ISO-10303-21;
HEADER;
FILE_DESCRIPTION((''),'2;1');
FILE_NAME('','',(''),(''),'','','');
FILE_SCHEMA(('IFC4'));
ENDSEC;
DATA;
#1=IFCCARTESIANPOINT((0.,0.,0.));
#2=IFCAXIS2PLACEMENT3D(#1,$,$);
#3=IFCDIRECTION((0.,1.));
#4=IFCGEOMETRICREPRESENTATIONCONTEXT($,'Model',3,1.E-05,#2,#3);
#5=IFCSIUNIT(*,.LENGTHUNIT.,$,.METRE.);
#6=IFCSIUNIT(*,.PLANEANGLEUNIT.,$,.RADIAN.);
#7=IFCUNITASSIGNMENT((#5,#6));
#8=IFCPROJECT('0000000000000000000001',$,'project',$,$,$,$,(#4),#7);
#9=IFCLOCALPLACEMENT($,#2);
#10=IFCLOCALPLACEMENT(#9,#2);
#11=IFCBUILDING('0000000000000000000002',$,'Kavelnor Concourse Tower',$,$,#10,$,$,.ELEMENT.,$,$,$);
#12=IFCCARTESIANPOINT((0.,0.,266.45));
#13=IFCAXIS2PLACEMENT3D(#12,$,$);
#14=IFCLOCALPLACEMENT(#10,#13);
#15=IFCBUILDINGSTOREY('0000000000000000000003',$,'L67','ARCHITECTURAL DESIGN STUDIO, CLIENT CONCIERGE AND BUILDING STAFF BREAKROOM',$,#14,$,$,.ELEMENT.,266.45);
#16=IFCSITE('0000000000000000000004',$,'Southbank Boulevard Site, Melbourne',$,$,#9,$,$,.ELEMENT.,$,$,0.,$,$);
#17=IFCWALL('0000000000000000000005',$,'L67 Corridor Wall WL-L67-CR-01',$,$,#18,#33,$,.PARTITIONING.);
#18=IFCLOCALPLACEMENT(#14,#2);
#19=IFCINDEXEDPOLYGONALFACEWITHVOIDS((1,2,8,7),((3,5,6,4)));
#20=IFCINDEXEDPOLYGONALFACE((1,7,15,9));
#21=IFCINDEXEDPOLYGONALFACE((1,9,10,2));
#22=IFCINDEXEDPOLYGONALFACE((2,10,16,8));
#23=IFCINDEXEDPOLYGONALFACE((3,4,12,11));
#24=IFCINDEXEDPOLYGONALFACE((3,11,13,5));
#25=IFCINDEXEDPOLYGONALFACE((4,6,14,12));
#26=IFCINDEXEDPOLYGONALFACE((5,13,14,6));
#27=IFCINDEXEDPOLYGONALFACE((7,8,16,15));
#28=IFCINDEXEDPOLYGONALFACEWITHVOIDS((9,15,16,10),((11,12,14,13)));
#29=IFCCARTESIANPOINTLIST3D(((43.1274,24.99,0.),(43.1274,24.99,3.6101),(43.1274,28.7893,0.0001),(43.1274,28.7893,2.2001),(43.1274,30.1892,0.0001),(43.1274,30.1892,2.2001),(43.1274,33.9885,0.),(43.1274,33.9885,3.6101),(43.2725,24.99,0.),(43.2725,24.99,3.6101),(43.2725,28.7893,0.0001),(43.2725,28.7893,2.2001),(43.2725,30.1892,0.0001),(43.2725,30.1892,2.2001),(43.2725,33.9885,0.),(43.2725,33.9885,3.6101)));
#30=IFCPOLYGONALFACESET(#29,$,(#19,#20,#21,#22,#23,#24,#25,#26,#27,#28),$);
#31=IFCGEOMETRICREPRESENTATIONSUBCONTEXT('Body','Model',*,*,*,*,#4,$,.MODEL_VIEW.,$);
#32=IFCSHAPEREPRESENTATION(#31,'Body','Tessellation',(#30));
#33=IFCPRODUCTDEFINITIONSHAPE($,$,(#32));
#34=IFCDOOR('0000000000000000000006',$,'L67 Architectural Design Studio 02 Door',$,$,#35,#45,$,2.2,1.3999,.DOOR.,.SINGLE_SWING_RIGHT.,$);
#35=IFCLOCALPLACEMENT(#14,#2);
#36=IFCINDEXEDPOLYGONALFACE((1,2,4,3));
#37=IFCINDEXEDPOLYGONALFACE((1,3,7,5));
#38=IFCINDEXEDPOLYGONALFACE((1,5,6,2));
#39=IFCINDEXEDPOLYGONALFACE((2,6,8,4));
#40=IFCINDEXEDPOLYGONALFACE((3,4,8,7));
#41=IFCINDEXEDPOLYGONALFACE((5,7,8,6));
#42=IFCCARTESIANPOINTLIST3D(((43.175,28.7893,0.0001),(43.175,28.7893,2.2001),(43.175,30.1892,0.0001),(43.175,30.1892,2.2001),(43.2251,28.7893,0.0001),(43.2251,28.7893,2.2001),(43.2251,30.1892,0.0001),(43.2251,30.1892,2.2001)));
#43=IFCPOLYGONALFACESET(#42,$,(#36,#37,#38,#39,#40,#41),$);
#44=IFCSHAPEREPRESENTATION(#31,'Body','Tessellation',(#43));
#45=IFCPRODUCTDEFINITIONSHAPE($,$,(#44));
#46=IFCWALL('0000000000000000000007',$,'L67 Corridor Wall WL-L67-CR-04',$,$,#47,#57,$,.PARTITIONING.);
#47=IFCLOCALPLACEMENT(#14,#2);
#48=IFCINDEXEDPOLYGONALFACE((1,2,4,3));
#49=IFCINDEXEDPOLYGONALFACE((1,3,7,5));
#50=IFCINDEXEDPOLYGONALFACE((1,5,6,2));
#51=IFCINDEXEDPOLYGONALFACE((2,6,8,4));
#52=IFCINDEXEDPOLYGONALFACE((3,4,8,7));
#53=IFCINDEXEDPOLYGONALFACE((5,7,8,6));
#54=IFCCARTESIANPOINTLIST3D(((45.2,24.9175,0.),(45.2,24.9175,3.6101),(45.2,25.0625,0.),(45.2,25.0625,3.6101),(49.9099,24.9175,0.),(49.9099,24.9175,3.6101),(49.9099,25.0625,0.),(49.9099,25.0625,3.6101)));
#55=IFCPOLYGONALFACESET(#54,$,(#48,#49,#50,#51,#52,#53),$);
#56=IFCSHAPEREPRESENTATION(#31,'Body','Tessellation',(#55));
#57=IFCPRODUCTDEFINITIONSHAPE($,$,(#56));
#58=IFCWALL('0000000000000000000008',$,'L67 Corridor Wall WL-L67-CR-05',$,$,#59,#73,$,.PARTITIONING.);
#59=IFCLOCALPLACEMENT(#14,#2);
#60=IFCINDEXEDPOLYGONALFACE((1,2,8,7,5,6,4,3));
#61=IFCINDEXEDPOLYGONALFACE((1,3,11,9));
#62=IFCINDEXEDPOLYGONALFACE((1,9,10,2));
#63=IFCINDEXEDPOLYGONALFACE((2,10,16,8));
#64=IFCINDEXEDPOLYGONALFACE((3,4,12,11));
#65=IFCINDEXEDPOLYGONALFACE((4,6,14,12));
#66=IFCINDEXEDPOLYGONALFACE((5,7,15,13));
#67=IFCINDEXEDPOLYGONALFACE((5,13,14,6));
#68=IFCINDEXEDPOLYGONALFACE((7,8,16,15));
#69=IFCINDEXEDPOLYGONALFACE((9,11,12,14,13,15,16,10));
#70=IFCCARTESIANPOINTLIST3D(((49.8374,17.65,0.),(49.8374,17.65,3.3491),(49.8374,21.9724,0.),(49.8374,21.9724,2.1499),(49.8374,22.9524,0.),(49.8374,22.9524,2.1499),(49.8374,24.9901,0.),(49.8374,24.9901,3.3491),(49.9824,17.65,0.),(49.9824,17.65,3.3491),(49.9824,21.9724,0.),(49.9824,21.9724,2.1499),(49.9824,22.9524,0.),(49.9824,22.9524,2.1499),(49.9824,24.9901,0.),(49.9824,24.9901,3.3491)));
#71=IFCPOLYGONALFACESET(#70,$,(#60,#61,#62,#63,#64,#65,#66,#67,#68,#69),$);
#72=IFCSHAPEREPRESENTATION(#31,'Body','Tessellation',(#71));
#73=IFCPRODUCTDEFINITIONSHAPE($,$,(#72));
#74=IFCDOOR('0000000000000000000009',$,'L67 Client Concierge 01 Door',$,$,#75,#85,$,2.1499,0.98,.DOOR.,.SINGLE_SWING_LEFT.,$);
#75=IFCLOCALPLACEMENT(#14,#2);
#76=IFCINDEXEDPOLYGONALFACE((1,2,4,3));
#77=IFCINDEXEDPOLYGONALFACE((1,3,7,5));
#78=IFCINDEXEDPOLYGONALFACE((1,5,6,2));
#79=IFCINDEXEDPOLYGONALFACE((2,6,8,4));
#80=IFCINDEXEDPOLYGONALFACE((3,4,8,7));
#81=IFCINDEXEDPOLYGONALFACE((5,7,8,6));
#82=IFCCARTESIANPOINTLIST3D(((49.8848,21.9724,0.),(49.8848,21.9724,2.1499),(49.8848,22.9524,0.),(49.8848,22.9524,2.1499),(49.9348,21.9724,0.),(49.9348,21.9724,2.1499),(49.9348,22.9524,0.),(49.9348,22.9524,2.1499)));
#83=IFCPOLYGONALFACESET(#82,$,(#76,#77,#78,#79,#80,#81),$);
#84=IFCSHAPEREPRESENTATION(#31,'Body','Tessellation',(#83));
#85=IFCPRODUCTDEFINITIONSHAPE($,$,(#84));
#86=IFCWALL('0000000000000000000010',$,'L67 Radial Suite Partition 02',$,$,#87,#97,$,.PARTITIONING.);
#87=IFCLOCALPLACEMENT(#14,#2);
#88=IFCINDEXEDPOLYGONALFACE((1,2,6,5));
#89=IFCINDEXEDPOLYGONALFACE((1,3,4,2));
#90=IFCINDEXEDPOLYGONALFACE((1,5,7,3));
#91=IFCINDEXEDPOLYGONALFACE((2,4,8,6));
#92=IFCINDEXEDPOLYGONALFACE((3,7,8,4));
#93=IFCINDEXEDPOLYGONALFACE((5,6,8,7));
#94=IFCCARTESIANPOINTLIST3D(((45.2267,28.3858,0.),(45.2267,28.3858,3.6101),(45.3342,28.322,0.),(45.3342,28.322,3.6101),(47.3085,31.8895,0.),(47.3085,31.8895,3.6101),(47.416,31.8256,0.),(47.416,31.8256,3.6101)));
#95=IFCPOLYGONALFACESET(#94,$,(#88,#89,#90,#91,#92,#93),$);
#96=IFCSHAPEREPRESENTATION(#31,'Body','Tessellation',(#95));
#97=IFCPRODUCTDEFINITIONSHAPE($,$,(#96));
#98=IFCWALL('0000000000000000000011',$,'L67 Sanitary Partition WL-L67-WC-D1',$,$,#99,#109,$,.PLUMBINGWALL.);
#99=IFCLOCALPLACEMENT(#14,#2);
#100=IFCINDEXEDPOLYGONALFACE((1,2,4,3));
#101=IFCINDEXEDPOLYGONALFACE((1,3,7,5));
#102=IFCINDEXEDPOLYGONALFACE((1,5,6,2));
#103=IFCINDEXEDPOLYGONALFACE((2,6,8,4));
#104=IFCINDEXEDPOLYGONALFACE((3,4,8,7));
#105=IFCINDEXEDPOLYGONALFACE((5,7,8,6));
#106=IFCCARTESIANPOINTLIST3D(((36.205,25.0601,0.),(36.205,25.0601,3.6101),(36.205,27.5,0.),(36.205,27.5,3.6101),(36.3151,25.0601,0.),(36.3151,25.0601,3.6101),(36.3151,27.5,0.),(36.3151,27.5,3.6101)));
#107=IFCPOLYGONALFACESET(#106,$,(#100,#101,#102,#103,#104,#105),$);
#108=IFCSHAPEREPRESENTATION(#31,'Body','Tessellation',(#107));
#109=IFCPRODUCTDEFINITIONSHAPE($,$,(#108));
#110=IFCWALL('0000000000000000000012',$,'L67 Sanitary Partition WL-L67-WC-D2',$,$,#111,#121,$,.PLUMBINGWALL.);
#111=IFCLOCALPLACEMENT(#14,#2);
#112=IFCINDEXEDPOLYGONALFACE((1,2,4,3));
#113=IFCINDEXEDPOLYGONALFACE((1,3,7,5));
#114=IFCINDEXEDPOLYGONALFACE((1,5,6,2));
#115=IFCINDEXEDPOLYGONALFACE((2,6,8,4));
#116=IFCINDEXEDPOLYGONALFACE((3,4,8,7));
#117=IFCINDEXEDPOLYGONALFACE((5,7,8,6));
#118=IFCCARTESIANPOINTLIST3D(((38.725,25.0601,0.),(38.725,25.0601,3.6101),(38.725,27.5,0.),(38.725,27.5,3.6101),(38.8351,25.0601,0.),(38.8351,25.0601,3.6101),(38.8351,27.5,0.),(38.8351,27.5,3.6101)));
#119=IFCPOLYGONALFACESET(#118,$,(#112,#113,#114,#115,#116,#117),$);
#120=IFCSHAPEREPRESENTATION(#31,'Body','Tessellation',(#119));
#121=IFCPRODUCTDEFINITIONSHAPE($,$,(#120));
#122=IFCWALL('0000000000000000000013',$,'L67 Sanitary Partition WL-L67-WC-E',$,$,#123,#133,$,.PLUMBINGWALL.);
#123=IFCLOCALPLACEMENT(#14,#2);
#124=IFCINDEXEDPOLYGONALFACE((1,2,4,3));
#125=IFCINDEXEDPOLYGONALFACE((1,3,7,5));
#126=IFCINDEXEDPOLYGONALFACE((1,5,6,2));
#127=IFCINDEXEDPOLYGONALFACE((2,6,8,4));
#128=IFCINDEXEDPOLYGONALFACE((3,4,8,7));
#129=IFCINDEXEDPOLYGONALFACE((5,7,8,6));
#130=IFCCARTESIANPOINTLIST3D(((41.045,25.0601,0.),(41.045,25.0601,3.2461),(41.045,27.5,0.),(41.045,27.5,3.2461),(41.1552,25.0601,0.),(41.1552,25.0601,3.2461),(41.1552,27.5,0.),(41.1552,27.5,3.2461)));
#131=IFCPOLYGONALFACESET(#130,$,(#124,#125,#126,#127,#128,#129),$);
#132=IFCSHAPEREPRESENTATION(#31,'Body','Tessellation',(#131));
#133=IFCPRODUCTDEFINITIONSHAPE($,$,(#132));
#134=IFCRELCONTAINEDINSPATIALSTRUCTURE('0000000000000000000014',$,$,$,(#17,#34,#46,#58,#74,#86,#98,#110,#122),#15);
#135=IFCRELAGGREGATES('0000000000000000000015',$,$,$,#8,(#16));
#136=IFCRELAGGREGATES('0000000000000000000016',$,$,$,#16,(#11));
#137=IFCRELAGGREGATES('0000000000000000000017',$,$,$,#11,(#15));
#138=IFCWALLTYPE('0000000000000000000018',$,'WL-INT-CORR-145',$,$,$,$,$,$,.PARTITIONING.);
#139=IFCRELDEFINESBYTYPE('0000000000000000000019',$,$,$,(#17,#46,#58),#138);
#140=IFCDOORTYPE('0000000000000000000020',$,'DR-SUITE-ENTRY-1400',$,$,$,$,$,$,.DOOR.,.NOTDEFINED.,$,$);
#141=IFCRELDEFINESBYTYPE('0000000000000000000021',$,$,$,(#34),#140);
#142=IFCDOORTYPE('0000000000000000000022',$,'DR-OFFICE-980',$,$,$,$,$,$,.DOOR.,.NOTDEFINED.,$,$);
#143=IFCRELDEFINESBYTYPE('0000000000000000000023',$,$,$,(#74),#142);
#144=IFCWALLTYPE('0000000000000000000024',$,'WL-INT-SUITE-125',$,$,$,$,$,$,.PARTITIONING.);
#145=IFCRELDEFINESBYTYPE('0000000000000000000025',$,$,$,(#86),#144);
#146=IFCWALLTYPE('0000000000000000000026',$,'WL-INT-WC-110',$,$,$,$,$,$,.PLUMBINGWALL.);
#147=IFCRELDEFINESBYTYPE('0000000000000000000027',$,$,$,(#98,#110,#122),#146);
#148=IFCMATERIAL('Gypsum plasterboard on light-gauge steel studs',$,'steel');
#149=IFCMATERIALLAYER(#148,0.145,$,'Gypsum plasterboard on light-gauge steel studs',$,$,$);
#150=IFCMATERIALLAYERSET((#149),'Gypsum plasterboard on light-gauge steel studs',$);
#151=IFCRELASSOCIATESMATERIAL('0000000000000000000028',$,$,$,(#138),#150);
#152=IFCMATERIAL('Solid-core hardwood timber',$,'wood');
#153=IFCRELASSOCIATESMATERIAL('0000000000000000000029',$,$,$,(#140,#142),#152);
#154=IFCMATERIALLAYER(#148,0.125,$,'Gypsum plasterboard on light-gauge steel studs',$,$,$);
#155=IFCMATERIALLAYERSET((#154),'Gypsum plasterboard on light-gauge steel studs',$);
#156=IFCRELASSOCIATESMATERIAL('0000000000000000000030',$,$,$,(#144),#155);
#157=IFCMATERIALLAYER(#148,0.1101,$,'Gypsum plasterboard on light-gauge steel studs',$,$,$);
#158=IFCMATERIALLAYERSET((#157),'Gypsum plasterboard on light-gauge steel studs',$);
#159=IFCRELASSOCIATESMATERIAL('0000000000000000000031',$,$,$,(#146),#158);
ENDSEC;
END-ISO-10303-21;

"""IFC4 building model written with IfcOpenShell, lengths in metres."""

from ifc_helpers import new_model, si_unit, direction, frame, frame_2d, origin, place, context, subcontext, project, spatial, rectangle, extrude, material, layer, layer_set, type_object, element, fill, save


model = new_model("IFC4")

# Units and contexts
model_context = context("Model", 3, precision=1e-05, world=origin(), true_north=direction((0.0, 1.0)))
body_context = subcontext(model_context, "Body", "Model", "MODEL_VIEW")
ifc_project = project(units=[si_unit("LENGTHUNIT", "METRE"), si_unit("PLANEANGLEUNIT", "RADIAN")], contexts=[model_context])

# Site, building, storey
site_placement = place(None, origin())
site = spatial("IfcSite", under=ifc_project, at=site_placement, Name="Southbank Boulevard Site, Melbourne", CompositionType="ELEMENT", RefElevation=0.0)
building_placement = place(site_placement, origin())
building = spatial("IfcBuilding", under=site, at=building_placement, Name="Kavelnor Concourse Tower", CompositionType="ELEMENT")
storey_placement = place(building_placement, frame((0.0, 0.0, 266.45)))
storey = spatial("IfcBuildingStorey", under=building, at=storey_placement, Name="L67", Description="ARCHITECTURAL DESIGN STUDIO, CLIENT CONCIERGE AND BUILDING STAFF BREAKROOM", CompositionType="ELEMENT", Elevation=266.45)

# Wall, opening, door
ifc_material_1 = material(Name="Gypsum plasterboard on light-gauge steel studs", Category="steel")
ifc_layer_1 = layer(ifc_material_1, 0.145, Name="Gypsum plasterboard on light-gauge steel studs")
ifc_layer_set_1 = layer_set([ifc_layer_1], Name="Gypsum plasterboard on light-gauge steel studs")
wall_type_1 = type_object("IfcWallType", Name="WL-INT-CORR-145", PredefinedType="PARTITIONING", material=ifc_layer_set_1)
wall_1_placement = place(storey_placement, frame((43.2, 24.99, 0.0), z_axis=(0.0, 0.0, 1.0), x_axis=(0.0, 1.0, 0.0)))
wall_1 = element("IfcWall", 1, at=wall_1_placement, inside=storey, type_object=wall_type_1, Name="L67 Corridor Wall WL-L67-CR-01", PredefinedType="PARTITIONING", context=body_context, shape_type="SweptSolid", body=[
    extrude(rectangle(XDim=8.9985, YDim=0.145, at=frame_2d((4.4993, 0.0))), origin(), (0.0, 0.0, 1.0), 3.6101),
])
opening_1_placement = place(wall_1_placement, frame((3.7993, 0.0, 0.0)))
opening_1 = element("IfcOpeningElement", 2, at=opening_1_placement, cuts=wall_1, PredefinedType="OPENING", context=body_context, shape_type="SweptSolid", body=[
    extrude(rectangle(XDim=1.3999, YDim=2.2, at=frame_2d((0.7, 1.1001))), frame((0.0, 0.0825, 0.0), z_axis=(0.0, -1.0, 0.0), x_axis=(1.0, 0.0, 0.0)), (0.0, 0.0, 1.0), 0.165),
])
ifc_material_2 = material(Name="Solid-core hardwood timber", Category="wood")
door_type_1 = type_object("IfcDoorType", Name="DR-SUITE-ENTRY-1400", OperationType="NOTDEFINED", PredefinedType="DOOR", material=ifc_material_2)
door_1_placement = place(opening_1_placement, origin())
door_1 = element("IfcDoor", 3, at=door_1_placement, inside=storey, type_object=door_type_1, Name="L67 Architectural Design Studio 02 Door", OperationType="SINGLE_SWING_RIGHT", OverallHeight=2.2, OverallWidth=1.3999, PredefinedType="DOOR", context=body_context, shape_type="SweptSolid", body=[
    extrude(rectangle(XDim=1.3999, YDim=2.2, at=frame_2d((0.7, 1.1001))), frame((0.0, 0.0249, 0.0), z_axis=(0.0, -1.0, 0.0), x_axis=(1.0, 0.0, 0.0)), (0.0, 0.0, 1.0), 0.05),
])
fill(opening_1, door_1)

# Wall
wall_2_placement = place(storey_placement, frame((45.2, 24.99, 0.0), z_axis=(0.0, 0.0, 1.0), x_axis=(1.0, 0.0, 0.0)))
element("IfcWall", 4, at=wall_2_placement, inside=storey, type_object=wall_type_1, Name="L67 Corridor Wall WL-L67-CR-04", PredefinedType="PARTITIONING", context=body_context, shape_type="SweptSolid", body=[
    extrude(rectangle(XDim=4.71, YDim=0.145, at=frame_2d((2.355, 0.0))), origin(), (0.0, 0.0, 1.0), 3.6101),
])

# Wall, opening, door
wall_3_placement = place(storey_placement, frame((49.9099, 24.99, 0.0), z_axis=(0.0, 0.0, 1.0), x_axis=(0.0, -1.0, 0.0)))
wall_3 = element("IfcWall", 5, at=wall_3_placement, inside=storey, type_object=wall_type_1, Name="L67 Corridor Wall WL-L67-CR-05", PredefinedType="PARTITIONING", context=body_context, shape_type="SweptSolid", body=[
    extrude(rectangle(XDim=7.3401, YDim=0.145, at=frame_2d((3.6699, 0.0))), origin(), (0.0, 0.0, 1.0), 3.3491),
])
opening_2_placement = place(wall_3_placement, frame((2.0376, 0.0, 0.0)))
opening_2 = element("IfcOpeningElement", 6, at=opening_2_placement, cuts=wall_3, PredefinedType="OPENING", context=body_context, shape_type="SweptSolid", body=[
    extrude(rectangle(XDim=0.98, YDim=2.1499, at=frame_2d((0.49, 1.075))), frame((0.0, 0.0825, 0.0), z_axis=(0.0, -1.0, 0.0), x_axis=(1.0, 0.0, 0.0)), (0.0, 0.0, 1.0), 0.165),
])
door_type_2 = type_object("IfcDoorType", Name="DR-OFFICE-980", OperationType="NOTDEFINED", PredefinedType="DOOR", material=ifc_material_2)
door_2_placement = place(opening_2_placement, origin())
door_2 = element("IfcDoor", 7, at=door_2_placement, inside=storey, type_object=door_type_2, Name="L67 Client Concierge 01 Door", OperationType="SINGLE_SWING_LEFT", OverallHeight=2.1499, OverallWidth=0.98, PredefinedType="DOOR", context=body_context, shape_type="SweptSolid", body=[
    extrude(rectangle(XDim=0.98, YDim=2.1499, at=frame_2d((0.49, 1.075))), frame((0.0, 0.0249, 0.0), z_axis=(0.0, -1.0, 0.0), x_axis=(1.0, 0.0, 0.0)), (0.0, 0.0, 1.0), 0.05),
])
fill(opening_2, door_2)

# Walls
ifc_layer_2 = layer(ifc_material_1, 0.125, Name="Gypsum plasterboard on light-gauge steel studs")
ifc_layer_set_2 = layer_set([ifc_layer_2], Name="Gypsum plasterboard on light-gauge steel studs")
wall_type_2 = type_object("IfcWallType", Name="WL-INT-SUITE-125", PredefinedType="PARTITIONING", material=ifc_layer_set_2)
wall_4_placement = place(storey_placement, frame((45.2805, 28.354, 0.0), z_axis=(0.0, 0.0, 1.0), x_axis=(0.510809, 0.859694, 0.0)))
element("IfcWall", 8, at=wall_4_placement, inside=storey, type_object=wall_type_2, Name="L67 Radial Suite Partition 02", PredefinedType="PARTITIONING", context=body_context, shape_type="SweptSolid", body=[
    extrude(rectangle(XDim=4.0754, YDim=0.125, at=frame_2d((2.0376, 0.0))), origin(), (0.0, 0.0, 1.0), 3.6101),
])
ifc_layer_3 = layer(ifc_material_1, 0.1101, Name="Gypsum plasterboard on light-gauge steel studs")
ifc_layer_set_3 = layer_set([ifc_layer_3], Name="Gypsum plasterboard on light-gauge steel studs")
wall_type_3 = type_object("IfcWallType", Name="WL-INT-WC-110", PredefinedType="PLUMBINGWALL", material=ifc_layer_set_3)
for number, where, z_axis, x_axis, name in (
    (9, (36.26, 25.0601, 0.0), (0.0, 0.0, 1.0), (0.0, 1.0, 0.0), "L67 Sanitary Partition WL-L67-WC-D1"),
    (10, (38.78, 25.0601, 0.0), (0.0, 0.0, 1.0), (0.0, 1.0, 0.0), "L67 Sanitary Partition WL-L67-WC-D2"),
):
    element("IfcWall", number, at=place(storey_placement, frame(where, z_axis=z_axis, x_axis=x_axis)), inside=storey, type_object=wall_type_3, Name=name, PredefinedType="PLUMBINGWALL", context=body_context, shape_type="SweptSolid", body=[
        extrude(rectangle(XDim=2.4399, YDim=0.1101, at=frame_2d((1.22, 0.0))), origin(), (0.0, 0.0, 1.0), 3.6101),
    ])
wall_5_placement = place(storey_placement, frame((41.1001, 25.0601, 0.0), z_axis=(0.0, 0.0, 1.0), x_axis=(0.0, 1.0, 0.0)))
element("IfcWall", 11, at=wall_5_placement, inside=storey, type_object=wall_type_3, Name="L67 Sanitary Partition WL-L67-WC-E", PredefinedType="PLUMBINGWALL", context=body_context, shape_type="SweptSolid", body=[
    extrude(rectangle(XDim=2.4399, YDim=0.1101, at=frame_2d((1.22, 0.0))), origin(), (0.0, 0.0, 1.0), 3.2461),
])

save(model, "model.ifc")
